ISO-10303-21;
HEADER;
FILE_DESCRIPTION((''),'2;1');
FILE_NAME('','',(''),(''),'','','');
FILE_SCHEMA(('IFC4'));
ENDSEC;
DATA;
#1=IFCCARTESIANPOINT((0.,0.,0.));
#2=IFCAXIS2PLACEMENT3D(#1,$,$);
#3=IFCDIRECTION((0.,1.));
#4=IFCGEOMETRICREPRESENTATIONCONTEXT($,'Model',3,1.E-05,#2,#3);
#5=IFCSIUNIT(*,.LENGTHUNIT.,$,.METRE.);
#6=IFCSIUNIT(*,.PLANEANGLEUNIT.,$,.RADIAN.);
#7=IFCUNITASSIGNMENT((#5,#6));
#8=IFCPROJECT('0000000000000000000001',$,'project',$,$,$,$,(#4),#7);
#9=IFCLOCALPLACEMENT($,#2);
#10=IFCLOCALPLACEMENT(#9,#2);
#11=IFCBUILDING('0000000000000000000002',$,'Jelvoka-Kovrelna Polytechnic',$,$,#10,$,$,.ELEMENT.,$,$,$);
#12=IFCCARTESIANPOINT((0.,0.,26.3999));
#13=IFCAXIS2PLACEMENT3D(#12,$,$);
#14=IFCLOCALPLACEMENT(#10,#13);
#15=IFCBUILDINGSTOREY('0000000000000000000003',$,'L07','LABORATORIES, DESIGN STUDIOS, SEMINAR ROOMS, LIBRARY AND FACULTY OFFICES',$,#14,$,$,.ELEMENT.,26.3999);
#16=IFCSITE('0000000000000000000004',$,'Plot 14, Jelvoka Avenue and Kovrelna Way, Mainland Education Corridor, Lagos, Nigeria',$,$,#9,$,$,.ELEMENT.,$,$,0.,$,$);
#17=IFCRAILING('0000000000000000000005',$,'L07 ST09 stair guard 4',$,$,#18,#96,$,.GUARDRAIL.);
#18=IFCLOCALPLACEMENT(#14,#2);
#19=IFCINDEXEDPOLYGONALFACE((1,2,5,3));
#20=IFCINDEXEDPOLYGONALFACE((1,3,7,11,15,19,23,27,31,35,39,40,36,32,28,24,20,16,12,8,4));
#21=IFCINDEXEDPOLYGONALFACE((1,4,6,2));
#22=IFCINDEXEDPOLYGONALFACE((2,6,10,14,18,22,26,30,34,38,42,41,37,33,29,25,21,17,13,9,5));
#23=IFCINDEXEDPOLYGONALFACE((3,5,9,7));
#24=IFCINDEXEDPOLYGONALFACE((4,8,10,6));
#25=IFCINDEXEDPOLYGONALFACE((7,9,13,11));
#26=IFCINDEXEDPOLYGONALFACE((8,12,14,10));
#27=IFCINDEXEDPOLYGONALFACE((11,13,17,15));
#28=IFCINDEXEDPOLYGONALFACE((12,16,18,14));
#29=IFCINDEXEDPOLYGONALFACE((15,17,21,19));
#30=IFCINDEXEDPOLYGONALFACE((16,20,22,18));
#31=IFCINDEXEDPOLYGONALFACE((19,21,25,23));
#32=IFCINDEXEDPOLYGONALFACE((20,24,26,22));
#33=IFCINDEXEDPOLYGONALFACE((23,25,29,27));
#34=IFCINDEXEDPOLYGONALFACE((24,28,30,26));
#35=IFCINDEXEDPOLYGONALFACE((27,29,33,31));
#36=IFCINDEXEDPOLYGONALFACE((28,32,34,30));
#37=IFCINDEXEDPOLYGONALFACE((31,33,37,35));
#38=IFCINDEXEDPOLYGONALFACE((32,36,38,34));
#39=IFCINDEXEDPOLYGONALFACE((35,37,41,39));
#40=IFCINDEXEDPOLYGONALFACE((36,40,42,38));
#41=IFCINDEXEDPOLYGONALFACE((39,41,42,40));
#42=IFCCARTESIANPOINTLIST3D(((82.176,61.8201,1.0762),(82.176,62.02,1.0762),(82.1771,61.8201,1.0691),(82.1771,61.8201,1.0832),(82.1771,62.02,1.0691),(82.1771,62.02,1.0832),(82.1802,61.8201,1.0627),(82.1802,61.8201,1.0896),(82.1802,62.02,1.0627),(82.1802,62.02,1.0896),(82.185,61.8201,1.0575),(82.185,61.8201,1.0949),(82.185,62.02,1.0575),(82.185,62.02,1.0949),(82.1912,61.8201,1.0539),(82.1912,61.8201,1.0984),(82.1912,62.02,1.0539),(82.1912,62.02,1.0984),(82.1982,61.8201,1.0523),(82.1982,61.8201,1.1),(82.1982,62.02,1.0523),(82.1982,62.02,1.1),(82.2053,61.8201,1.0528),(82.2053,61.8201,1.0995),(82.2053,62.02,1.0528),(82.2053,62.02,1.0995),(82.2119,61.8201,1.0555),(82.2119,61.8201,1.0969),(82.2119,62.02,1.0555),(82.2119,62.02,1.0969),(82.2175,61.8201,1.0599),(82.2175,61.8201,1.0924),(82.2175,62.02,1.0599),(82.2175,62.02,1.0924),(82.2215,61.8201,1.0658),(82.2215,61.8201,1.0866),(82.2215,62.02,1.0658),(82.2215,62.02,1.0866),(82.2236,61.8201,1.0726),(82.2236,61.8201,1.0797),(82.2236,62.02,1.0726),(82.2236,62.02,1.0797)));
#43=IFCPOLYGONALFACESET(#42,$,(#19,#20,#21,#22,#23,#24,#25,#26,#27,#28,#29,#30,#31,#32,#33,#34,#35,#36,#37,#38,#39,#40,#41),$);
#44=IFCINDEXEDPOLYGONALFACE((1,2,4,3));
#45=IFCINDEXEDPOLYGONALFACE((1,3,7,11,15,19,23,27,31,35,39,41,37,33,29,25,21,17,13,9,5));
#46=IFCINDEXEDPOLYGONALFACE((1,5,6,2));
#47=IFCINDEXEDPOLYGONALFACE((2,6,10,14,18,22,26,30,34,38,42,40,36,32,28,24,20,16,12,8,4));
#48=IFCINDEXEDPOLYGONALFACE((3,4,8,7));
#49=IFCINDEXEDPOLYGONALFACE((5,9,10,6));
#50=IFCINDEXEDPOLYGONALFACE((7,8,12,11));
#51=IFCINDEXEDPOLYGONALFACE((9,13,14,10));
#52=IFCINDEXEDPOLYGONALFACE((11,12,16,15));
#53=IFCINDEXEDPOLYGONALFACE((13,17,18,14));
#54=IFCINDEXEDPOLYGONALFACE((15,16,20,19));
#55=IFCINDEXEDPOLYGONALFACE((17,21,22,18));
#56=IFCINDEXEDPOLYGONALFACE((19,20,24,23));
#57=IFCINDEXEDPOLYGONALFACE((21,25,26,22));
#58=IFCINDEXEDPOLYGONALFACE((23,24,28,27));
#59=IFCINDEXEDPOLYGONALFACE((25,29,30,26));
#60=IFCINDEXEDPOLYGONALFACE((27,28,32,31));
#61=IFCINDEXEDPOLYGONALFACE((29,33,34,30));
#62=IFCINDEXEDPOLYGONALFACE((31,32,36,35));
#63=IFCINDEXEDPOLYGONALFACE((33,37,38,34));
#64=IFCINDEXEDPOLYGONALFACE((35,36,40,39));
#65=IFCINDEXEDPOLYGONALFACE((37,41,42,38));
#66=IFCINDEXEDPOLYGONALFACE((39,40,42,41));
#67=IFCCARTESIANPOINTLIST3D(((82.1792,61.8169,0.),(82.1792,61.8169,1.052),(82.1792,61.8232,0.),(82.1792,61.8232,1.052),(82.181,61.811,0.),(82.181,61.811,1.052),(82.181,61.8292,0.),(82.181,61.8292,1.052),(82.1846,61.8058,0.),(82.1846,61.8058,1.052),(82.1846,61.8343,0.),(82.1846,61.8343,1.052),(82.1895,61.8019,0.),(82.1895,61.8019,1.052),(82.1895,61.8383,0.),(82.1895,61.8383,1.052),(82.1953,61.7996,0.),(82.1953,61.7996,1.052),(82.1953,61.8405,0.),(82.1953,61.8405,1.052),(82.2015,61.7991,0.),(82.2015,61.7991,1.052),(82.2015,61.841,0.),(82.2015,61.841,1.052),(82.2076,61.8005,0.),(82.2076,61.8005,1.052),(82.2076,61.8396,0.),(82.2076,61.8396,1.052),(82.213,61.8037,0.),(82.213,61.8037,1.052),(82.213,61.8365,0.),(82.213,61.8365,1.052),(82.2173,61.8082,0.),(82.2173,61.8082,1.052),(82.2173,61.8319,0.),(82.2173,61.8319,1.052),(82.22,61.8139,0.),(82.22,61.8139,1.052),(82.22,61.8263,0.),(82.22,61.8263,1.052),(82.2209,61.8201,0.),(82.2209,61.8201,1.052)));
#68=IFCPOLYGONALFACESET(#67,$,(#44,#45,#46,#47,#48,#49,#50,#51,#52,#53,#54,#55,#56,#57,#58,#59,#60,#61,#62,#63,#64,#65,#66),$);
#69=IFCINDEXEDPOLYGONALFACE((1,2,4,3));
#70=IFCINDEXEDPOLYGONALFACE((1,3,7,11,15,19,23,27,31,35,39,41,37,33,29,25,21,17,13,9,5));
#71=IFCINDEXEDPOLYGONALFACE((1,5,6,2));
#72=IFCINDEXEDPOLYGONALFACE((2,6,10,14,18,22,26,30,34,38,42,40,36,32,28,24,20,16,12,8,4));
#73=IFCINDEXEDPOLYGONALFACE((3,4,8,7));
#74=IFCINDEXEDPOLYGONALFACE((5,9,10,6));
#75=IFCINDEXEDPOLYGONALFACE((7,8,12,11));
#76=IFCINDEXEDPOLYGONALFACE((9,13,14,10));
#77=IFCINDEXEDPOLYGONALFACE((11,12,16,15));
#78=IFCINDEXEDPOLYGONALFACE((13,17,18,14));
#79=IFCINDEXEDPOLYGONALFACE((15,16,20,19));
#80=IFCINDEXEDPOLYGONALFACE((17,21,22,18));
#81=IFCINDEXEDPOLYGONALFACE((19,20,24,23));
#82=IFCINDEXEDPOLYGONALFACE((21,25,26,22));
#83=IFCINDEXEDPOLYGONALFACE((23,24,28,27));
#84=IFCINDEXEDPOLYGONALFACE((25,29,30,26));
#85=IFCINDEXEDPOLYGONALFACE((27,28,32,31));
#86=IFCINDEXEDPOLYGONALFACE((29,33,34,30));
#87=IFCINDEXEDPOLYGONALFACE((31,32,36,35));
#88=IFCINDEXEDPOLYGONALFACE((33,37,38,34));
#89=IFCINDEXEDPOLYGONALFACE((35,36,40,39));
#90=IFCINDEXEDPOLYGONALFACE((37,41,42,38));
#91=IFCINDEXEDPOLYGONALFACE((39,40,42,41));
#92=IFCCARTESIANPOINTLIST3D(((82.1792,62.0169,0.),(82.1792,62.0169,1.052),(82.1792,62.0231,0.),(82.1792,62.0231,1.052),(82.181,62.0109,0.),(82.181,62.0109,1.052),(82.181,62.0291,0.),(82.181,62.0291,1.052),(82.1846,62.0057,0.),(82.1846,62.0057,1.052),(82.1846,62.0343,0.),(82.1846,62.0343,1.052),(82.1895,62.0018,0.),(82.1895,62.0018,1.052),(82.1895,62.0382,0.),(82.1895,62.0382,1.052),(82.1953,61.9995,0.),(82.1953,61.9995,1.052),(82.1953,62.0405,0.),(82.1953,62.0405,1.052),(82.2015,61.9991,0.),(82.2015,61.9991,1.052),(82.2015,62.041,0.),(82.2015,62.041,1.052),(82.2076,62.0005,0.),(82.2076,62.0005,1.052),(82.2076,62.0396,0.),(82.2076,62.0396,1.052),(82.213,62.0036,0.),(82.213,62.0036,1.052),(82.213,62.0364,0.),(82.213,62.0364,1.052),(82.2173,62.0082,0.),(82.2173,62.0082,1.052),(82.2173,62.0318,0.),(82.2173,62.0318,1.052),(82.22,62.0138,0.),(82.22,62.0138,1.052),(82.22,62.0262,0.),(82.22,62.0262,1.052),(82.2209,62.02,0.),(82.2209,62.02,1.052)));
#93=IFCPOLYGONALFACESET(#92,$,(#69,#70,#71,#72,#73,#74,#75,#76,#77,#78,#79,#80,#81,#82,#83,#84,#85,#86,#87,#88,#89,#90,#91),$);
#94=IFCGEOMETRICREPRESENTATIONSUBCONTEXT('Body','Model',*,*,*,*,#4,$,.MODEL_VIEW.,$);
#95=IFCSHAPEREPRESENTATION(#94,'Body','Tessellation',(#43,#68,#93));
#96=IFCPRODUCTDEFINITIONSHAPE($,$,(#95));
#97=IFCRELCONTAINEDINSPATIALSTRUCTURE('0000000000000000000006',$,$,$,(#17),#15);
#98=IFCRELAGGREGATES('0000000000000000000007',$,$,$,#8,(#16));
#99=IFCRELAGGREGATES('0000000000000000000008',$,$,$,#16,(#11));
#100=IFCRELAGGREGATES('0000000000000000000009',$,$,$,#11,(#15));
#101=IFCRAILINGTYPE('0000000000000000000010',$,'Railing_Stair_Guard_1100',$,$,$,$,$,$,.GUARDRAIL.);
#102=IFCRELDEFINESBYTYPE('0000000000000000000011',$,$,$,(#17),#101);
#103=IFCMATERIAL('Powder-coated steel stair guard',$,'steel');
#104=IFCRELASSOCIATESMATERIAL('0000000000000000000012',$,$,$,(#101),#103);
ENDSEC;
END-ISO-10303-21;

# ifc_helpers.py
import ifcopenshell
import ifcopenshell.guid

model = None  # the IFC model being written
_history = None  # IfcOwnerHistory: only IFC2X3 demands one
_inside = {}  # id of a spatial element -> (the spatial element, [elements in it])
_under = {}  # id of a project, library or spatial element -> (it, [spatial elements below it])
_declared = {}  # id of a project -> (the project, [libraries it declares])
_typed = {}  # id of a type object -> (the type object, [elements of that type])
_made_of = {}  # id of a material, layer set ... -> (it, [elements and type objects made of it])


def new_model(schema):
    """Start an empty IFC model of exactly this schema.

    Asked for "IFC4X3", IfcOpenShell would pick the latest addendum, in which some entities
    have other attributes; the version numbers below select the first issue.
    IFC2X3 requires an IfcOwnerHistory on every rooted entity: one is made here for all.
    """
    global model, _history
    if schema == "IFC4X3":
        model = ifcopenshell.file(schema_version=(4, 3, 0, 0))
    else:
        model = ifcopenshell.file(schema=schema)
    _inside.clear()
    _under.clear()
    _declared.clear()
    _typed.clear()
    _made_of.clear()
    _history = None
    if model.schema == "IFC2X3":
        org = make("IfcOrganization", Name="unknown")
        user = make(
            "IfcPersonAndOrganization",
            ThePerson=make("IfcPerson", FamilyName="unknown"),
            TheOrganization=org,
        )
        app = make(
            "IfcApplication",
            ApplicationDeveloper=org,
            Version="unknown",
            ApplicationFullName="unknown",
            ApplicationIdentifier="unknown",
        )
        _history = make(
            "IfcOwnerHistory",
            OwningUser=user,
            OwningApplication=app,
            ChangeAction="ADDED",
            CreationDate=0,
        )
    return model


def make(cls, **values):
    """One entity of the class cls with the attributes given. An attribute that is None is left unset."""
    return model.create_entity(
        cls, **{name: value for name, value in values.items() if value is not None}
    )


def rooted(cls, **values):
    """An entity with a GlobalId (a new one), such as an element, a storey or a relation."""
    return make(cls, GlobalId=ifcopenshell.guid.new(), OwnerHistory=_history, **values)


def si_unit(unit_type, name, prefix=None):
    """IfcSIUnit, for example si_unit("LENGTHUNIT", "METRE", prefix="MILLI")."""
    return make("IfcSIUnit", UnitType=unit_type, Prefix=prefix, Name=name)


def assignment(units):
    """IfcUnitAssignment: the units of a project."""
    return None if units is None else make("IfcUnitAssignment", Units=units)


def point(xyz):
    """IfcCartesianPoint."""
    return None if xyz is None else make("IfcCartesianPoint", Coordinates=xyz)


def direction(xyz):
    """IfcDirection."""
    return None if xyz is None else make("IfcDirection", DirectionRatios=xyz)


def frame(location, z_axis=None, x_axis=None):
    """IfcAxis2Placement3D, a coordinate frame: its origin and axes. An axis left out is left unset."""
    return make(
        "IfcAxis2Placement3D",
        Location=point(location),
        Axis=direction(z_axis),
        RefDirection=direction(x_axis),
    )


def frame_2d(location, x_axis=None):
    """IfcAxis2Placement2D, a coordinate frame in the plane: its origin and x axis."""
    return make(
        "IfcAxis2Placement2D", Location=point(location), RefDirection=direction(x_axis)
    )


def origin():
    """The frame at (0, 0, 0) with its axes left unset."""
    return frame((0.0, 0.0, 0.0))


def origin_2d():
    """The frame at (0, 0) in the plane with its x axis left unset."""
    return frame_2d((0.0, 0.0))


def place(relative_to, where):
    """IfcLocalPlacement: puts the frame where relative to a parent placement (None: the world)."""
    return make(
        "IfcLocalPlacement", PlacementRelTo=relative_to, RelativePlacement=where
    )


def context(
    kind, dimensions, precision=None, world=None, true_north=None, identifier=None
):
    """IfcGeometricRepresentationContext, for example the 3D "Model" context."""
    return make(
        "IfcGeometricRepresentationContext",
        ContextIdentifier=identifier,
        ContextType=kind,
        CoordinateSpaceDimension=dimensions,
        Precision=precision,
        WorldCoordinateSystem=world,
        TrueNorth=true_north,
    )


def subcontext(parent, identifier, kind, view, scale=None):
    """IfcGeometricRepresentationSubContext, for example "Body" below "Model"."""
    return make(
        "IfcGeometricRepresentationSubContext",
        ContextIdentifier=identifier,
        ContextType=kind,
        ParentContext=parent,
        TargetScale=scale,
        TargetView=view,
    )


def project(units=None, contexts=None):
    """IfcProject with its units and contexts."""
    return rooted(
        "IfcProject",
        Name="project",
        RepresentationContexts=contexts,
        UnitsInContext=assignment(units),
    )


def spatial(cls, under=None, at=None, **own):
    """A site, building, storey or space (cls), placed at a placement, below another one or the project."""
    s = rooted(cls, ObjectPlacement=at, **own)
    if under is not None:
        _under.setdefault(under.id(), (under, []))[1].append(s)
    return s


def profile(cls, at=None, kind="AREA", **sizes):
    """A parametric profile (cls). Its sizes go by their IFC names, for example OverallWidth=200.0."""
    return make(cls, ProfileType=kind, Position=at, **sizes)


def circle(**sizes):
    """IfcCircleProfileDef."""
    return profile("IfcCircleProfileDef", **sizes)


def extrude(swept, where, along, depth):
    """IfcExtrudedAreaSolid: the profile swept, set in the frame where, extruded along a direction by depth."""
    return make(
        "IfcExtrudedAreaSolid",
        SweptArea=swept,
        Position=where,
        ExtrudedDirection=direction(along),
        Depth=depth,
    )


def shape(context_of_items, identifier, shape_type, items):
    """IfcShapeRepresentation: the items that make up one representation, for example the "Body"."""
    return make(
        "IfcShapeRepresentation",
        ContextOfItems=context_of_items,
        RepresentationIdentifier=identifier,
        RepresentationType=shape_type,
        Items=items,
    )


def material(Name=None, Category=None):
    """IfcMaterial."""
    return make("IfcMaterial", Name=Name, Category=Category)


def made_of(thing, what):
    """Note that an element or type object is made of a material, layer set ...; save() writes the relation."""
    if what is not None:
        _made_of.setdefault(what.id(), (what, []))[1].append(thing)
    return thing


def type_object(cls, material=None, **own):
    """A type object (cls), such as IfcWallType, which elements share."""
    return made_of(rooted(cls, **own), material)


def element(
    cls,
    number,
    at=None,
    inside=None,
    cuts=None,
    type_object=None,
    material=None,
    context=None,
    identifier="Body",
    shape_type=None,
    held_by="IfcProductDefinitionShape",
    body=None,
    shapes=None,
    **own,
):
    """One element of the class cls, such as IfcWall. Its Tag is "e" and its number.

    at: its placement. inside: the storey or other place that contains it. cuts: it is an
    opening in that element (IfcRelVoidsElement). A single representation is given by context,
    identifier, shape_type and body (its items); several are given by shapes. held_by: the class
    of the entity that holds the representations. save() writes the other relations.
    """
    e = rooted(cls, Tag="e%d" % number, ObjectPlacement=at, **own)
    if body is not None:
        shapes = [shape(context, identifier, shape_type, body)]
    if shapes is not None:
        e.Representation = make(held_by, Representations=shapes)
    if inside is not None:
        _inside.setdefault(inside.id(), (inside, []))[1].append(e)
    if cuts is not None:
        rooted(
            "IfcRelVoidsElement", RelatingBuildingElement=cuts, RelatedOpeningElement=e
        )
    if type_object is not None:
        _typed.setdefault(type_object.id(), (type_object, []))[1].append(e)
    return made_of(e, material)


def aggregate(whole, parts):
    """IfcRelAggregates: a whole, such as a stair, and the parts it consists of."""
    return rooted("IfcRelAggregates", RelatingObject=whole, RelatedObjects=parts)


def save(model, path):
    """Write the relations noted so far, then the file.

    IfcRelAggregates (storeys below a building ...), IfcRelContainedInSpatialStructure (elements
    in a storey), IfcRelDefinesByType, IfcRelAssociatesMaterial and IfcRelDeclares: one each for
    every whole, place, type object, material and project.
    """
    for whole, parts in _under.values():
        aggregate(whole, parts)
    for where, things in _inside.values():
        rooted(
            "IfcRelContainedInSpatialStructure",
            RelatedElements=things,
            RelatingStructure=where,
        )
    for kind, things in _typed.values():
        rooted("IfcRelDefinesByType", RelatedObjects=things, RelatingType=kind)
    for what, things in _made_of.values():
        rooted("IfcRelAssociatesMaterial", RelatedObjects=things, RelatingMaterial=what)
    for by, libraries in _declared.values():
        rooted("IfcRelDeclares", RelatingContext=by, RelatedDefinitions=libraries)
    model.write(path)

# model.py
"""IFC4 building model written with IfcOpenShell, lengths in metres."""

from ifc_helpers import new_model, si_unit, direction, frame, origin, origin_2d, place, context, subcontext, project, spatial, circle, extrude, material, type_object, element, save


model = new_model("IFC4")

# Units and contexts
model_context = context("Model", 3, precision=1e-05, world=origin(), true_north=direction((0.0, 1.0)))
body_context = subcontext(model_context, "Body", "Model", "MODEL_VIEW")
ifc_project = project(units=[si_unit("LENGTHUNIT", "METRE"), si_unit("PLANEANGLEUNIT", "RADIAN")], contexts=[model_context])

# Site, building, storey
site_placement = place(None, origin())
site = spatial("IfcSite", under=ifc_project, at=site_placement, Name="Plot 14, Jelvoka Avenue and Kovrelna Way, Mainland Education Corridor, Lagos, Nigeria", CompositionType="ELEMENT", RefElevation=0.0)
building_placement = place(site_placement, origin())
building = spatial("IfcBuilding", under=site, at=building_placement, Name="Jelvoka-Kovrelna Polytechnic", CompositionType="ELEMENT")
storey_placement = place(building_placement, frame((0.0, 0.0, 26.3999)))
storey = spatial("IfcBuildingStorey", under=building, at=storey_placement, Name="L07", Description="LABORATORIES, DESIGN STUDIOS, SEMINAR ROOMS, LIBRARY AND FACULTY OFFICES", CompositionType="ELEMENT", Elevation=26.3999)

# Railing
ifc_material_1 = material(Name="Powder-coated steel stair guard", Category="steel")
railing_type = type_object("IfcRailingType", Name="Railing_Stair_Guard_1100", PredefinedType="GUARDRAIL", material=ifc_material_1)
railing_1_placement = place(storey_placement, frame((82.2, 61.8201, 0.0)))
element("IfcRailing", 1, at=railing_1_placement, inside=storey, type_object=railing_type, Name="L07 ST09 stair guard 4", PredefinedType="GUARDRAIL", context=body_context, shape_type="SweptSolid", body=[
    extrude(circle(Radius=0.0239, at=origin_2d()), frame((0.0, 0.0, 1.0762), z_axis=(0.0, 1.0, 0.0), x_axis=(-1.0, 0.0, 0.0)), (0.0, 0.0, 1.0), 0.2),
    extrude(circle(Radius=0.021, at=origin_2d()), origin(), (0.0, 0.0, 1.0), 1.052),
    extrude(circle(Radius=0.021, at=origin_2d()), frame((0.0, 0.2, 0.0)), (0.0, 0.0, 1.0), 1.052),
])

save(model, "model.ifc")
